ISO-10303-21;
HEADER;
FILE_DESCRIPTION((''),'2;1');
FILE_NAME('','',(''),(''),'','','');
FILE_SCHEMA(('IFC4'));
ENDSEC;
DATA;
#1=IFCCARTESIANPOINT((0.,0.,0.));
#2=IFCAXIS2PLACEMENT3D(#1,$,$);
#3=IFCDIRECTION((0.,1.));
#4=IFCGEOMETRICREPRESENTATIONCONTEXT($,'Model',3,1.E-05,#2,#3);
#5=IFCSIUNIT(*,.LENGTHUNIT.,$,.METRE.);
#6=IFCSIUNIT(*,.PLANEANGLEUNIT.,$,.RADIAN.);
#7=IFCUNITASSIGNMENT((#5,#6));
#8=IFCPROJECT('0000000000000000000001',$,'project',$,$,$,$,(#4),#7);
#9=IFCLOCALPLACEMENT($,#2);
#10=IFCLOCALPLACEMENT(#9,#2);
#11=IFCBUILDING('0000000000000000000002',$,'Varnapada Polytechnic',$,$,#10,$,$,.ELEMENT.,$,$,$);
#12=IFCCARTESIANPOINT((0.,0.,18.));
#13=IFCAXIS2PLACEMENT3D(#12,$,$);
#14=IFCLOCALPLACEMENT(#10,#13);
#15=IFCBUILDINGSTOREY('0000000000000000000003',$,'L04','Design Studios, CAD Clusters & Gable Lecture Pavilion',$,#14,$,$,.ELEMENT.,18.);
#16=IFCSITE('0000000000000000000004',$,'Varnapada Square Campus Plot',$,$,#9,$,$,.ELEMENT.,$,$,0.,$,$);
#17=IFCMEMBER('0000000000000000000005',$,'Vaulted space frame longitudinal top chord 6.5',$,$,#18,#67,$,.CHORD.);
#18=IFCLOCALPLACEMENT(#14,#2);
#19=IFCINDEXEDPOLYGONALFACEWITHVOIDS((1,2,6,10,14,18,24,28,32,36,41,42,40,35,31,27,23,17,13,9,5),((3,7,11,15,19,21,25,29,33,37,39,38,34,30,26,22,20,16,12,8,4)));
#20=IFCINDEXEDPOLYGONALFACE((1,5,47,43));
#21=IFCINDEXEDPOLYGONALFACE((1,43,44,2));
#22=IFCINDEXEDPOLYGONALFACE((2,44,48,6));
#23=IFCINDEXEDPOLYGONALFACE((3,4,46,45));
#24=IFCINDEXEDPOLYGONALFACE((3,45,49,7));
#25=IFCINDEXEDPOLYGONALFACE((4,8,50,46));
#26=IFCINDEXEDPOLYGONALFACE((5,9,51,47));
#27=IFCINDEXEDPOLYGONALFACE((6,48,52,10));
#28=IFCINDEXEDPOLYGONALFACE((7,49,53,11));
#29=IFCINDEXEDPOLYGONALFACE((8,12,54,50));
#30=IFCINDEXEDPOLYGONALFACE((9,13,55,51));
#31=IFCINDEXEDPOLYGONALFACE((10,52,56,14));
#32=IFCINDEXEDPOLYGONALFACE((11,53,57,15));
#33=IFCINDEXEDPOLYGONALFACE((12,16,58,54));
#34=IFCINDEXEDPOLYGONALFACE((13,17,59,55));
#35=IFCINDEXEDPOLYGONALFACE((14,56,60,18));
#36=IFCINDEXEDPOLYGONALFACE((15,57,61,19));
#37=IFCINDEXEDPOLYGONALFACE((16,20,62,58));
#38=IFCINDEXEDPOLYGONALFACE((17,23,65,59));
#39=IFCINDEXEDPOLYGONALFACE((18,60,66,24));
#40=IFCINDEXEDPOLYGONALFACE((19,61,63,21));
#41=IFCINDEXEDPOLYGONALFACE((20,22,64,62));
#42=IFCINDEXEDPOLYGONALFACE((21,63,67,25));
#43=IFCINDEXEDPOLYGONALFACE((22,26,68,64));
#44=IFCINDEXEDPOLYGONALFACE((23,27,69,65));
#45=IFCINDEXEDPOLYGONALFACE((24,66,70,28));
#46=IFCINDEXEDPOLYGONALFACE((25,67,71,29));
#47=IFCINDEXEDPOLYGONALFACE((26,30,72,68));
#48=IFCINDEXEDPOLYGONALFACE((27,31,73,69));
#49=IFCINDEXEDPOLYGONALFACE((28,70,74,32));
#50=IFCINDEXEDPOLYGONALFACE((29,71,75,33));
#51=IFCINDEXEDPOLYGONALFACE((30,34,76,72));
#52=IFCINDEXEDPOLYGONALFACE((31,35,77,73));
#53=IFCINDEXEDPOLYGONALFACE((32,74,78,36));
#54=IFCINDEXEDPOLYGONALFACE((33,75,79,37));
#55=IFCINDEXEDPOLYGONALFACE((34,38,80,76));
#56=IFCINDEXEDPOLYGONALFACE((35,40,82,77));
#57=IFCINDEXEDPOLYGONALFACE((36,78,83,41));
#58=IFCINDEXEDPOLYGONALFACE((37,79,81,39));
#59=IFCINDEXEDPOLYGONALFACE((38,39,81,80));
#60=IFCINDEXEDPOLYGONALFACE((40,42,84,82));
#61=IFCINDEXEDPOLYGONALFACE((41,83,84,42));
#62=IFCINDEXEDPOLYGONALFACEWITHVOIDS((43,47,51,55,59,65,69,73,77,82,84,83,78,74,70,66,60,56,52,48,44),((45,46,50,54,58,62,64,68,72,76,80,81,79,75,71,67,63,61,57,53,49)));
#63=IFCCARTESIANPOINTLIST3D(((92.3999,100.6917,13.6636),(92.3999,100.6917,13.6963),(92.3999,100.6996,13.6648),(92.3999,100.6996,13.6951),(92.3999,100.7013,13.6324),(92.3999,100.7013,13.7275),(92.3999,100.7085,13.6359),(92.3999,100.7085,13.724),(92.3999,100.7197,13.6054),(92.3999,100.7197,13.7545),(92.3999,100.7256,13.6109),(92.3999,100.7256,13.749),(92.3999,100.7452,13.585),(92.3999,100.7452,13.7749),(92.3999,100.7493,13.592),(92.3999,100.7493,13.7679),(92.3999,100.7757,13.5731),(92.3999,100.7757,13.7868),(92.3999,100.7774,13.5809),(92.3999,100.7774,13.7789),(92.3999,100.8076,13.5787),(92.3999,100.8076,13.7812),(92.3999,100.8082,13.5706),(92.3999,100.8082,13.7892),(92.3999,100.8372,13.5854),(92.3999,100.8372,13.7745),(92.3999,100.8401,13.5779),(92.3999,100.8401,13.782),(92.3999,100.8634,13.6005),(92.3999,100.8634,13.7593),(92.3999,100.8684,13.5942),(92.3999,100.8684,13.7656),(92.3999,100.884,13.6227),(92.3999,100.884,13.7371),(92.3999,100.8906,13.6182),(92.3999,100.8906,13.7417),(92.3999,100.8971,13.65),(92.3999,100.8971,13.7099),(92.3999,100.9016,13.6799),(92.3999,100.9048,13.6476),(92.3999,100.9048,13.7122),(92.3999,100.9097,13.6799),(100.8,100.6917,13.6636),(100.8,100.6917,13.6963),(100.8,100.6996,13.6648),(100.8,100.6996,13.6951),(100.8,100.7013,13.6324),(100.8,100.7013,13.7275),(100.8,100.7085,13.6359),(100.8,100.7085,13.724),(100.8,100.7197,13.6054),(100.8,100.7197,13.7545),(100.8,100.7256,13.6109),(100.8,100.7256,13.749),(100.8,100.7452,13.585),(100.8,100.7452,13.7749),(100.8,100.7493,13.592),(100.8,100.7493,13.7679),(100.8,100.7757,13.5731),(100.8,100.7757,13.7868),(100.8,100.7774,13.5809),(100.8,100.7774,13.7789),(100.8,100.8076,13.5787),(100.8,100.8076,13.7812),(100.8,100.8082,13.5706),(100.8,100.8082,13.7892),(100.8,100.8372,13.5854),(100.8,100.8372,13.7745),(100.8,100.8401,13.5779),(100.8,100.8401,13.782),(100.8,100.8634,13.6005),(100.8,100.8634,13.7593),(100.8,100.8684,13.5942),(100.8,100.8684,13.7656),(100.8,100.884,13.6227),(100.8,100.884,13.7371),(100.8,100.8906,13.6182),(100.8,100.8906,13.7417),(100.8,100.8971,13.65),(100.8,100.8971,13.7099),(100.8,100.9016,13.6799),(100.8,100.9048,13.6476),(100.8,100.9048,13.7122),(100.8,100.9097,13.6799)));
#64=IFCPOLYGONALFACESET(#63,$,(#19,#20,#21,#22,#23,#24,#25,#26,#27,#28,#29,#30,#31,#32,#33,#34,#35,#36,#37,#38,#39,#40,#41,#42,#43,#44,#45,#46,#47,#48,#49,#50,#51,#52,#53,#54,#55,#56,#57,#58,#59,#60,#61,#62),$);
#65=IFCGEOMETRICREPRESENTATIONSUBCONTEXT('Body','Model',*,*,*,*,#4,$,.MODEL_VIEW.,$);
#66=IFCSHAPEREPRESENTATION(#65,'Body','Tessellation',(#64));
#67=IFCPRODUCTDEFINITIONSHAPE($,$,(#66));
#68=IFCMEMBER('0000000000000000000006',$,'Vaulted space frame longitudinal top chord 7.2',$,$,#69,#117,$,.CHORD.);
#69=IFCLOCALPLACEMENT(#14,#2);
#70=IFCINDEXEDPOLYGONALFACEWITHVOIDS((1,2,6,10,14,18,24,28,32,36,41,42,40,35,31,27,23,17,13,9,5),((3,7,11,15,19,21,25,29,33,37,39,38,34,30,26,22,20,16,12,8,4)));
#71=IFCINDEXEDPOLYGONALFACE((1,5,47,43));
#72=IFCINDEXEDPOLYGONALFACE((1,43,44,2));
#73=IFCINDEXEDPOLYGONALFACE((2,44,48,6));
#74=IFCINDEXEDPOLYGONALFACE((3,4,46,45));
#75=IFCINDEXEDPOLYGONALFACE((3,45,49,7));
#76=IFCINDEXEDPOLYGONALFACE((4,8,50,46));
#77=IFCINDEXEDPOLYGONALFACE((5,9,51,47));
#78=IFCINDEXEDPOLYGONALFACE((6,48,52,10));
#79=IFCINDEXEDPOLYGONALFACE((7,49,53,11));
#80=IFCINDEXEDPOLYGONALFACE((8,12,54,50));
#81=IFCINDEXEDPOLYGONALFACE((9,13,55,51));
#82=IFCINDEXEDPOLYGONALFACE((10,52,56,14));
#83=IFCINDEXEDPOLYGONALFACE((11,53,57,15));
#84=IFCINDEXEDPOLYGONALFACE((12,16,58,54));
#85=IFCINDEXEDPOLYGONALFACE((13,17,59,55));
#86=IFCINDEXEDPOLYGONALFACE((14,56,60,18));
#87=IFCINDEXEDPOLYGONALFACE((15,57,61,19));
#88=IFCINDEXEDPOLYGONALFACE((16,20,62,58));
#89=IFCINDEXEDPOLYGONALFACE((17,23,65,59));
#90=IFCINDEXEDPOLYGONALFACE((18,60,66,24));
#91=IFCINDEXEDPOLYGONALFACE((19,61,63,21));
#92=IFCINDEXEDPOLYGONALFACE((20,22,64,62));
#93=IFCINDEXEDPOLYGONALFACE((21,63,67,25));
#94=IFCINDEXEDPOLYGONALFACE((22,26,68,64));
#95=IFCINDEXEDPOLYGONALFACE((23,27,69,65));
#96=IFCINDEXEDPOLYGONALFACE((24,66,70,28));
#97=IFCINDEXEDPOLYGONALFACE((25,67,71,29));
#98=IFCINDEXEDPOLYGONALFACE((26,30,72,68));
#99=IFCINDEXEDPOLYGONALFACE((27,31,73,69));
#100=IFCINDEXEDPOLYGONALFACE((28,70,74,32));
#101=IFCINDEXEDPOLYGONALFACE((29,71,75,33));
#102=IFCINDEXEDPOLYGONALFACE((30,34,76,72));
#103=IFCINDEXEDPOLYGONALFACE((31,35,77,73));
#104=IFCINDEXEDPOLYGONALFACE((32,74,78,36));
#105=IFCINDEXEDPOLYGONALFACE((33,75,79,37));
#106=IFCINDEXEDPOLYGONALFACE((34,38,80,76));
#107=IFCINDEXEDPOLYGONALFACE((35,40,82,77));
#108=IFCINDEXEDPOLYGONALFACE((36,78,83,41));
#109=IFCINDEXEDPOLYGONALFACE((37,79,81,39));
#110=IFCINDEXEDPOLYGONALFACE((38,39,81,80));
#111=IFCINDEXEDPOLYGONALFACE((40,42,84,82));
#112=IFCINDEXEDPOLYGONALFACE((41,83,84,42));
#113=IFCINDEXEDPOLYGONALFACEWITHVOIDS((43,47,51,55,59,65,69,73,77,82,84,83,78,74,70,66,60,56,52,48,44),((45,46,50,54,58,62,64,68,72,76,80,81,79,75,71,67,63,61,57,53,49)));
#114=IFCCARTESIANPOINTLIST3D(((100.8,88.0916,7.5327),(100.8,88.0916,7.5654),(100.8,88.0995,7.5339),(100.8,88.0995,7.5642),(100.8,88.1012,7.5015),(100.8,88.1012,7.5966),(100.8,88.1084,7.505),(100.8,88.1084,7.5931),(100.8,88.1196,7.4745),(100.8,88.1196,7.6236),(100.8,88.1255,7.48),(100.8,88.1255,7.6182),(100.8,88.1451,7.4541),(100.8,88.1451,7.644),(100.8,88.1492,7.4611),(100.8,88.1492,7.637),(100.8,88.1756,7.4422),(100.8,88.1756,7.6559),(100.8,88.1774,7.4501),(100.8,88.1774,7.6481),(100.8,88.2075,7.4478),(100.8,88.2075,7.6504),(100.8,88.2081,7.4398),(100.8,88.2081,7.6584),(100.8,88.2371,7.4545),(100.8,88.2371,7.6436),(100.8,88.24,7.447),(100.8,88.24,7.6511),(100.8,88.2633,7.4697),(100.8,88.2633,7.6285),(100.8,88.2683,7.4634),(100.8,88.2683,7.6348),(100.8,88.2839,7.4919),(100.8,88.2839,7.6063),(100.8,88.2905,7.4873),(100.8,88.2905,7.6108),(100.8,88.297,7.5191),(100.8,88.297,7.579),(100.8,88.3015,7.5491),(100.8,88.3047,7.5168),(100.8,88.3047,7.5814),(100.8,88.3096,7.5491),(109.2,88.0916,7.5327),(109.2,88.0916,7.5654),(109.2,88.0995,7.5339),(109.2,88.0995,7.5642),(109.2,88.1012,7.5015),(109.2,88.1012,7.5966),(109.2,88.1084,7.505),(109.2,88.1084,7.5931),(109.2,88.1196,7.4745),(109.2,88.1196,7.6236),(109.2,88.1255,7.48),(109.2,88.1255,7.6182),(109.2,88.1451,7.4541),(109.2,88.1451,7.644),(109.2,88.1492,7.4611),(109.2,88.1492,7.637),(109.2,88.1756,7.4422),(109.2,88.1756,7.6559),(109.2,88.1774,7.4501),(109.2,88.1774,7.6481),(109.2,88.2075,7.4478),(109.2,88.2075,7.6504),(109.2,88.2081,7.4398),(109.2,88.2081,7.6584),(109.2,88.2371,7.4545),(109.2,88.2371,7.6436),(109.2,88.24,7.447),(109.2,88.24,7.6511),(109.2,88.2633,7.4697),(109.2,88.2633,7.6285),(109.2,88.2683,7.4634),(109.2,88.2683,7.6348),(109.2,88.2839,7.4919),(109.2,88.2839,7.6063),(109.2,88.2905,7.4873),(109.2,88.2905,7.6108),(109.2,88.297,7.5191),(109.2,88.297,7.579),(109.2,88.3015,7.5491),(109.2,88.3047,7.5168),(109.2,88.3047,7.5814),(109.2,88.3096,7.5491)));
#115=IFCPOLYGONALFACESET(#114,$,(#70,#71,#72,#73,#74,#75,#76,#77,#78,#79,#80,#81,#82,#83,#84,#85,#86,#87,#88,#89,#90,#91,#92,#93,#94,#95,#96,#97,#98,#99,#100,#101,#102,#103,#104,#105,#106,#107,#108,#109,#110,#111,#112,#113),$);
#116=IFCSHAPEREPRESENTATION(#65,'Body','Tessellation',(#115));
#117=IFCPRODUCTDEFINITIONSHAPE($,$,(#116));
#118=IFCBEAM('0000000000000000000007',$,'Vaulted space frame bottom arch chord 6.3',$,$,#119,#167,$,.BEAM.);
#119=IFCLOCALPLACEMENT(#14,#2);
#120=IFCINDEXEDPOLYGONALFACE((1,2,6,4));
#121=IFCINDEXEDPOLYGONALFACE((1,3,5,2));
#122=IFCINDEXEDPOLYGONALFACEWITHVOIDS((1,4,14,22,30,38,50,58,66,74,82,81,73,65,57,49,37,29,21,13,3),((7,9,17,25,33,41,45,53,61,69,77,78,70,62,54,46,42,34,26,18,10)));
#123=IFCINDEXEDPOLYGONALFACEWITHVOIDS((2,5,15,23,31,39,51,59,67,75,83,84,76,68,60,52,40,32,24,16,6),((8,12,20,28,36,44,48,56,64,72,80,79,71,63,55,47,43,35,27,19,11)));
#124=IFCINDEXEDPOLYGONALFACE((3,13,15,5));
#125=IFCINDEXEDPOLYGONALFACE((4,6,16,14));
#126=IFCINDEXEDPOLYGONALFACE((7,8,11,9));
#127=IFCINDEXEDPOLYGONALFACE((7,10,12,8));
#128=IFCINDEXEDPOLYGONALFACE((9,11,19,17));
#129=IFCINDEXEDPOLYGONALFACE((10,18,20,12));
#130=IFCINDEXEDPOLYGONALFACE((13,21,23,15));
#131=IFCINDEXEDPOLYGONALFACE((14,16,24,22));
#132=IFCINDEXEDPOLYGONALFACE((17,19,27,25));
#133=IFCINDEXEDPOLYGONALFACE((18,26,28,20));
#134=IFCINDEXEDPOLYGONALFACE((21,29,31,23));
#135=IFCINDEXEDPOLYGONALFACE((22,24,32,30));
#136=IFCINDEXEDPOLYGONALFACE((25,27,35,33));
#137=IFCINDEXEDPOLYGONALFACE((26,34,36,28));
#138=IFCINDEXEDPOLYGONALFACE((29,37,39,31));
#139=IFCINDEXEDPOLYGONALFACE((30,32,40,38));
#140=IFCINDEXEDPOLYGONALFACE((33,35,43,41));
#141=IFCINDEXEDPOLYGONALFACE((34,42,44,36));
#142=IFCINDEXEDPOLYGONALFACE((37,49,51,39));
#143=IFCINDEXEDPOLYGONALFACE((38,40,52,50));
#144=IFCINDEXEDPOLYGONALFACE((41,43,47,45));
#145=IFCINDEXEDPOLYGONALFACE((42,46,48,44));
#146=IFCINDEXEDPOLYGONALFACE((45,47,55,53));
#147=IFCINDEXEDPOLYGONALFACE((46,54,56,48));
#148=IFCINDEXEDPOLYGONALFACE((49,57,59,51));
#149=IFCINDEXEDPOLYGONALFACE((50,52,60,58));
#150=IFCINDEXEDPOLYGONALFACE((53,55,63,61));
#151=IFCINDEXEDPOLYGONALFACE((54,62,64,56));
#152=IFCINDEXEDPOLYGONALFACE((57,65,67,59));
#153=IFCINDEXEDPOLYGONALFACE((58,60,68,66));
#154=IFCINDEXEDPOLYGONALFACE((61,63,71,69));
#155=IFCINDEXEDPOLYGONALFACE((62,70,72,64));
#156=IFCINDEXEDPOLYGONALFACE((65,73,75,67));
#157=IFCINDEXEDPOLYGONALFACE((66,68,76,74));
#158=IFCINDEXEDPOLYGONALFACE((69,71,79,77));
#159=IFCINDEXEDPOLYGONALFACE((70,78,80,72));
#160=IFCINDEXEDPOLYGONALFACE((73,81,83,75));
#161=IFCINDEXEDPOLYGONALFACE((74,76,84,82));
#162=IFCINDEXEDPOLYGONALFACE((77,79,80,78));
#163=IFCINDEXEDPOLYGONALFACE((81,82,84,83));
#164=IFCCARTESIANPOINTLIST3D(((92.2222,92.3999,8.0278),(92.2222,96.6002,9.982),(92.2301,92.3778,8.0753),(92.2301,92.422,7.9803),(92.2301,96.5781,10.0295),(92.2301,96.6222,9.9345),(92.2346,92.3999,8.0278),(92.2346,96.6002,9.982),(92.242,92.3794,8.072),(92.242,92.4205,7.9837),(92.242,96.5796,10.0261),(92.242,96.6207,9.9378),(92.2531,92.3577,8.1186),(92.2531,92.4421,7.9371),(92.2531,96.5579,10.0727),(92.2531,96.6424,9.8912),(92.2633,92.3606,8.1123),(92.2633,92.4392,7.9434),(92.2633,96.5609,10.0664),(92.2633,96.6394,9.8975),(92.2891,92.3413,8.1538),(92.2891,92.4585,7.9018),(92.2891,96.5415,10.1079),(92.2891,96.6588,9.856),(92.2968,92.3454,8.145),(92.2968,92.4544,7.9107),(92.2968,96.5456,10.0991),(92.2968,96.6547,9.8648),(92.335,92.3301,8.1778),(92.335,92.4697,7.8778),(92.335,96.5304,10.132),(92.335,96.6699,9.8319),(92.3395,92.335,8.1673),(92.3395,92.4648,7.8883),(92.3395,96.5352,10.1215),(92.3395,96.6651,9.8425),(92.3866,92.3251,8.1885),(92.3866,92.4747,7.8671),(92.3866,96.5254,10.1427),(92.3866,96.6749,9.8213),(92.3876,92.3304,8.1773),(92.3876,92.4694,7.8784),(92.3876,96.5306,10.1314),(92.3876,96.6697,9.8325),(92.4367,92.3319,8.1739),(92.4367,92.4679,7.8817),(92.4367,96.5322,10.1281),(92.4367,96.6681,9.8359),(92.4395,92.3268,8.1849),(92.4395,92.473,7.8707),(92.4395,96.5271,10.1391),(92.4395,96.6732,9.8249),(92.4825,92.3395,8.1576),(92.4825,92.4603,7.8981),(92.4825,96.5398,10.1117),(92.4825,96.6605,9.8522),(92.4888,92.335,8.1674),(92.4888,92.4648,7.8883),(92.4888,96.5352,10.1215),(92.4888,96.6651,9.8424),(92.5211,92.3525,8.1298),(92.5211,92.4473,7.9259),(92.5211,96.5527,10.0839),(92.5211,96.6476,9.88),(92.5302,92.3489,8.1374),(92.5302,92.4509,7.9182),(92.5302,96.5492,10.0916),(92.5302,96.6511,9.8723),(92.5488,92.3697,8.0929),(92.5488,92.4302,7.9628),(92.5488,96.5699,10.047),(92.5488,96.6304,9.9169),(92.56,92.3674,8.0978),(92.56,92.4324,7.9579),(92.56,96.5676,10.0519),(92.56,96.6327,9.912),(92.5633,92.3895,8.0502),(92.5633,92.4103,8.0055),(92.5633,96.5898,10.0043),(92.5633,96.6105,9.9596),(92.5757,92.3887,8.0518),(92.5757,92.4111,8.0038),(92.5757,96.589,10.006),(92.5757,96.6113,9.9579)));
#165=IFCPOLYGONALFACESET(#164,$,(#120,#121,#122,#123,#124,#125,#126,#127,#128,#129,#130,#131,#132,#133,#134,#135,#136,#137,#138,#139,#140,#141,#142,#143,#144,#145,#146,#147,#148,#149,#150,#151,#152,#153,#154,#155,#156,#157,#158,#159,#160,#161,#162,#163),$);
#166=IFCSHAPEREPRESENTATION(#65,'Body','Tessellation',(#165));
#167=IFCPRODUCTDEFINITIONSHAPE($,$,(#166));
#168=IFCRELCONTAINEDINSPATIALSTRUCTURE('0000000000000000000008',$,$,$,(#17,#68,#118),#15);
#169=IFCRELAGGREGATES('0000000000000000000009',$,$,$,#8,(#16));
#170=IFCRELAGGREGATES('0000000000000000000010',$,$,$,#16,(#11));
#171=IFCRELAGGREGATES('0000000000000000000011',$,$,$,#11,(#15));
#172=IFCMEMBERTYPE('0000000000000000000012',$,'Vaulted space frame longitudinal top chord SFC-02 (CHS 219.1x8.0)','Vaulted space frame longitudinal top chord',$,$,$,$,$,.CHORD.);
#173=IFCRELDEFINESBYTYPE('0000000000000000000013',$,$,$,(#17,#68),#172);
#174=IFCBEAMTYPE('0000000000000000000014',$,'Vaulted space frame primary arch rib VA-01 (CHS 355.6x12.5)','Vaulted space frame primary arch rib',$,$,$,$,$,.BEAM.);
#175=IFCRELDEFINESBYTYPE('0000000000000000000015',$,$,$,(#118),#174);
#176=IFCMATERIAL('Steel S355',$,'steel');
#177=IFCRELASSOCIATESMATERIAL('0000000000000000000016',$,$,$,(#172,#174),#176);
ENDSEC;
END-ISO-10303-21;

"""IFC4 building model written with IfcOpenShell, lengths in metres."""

from ifc_helpers import new_model, si_unit, direction, frame, origin, origin_2d, place, context, subcontext, project, spatial, hollow_circle, extrude, material, material_profile, profile_set, type_object, element, save


model = new_model("IFC4")

# Units and contexts
model_context = context("Model", 3, precision=1e-05, world=origin(), true_north=direction((0.0, 1.0)))
body_context = subcontext(model_context, "Body", "Model", "MODEL_VIEW")
ifc_project = project(units=[si_unit("LENGTHUNIT", "METRE"), si_unit("PLANEANGLEUNIT", "RADIAN")], contexts=[model_context])

# Site, building, storey
site_placement = place(None, origin())
site = spatial("IfcSite", under=ifc_project, at=site_placement, Name="Varnapada Square Campus Plot", CompositionType="ELEMENT", RefElevation=0.0)
building_placement = place(site_placement, origin())
building = spatial("IfcBuilding", under=site, at=building_placement, Name="Varnapada Polytechnic", CompositionType="ELEMENT")
storey_placement = place(building_placement, frame((0.0, 0.0, 18.0)))
storey = spatial("IfcBuildingStorey", under=building, at=storey_placement, Name="L04", Description="Design Studios, CAD Clusters & Gable Lecture Pavilion", CompositionType="ELEMENT", Elevation=18.0)

# Members
ifc_material = material(Name="Steel S355", Category="steel")
ifc_material_profile_1 = material_profile(ifc_material, hollow_circle(Radius=0.1096, WallThickness=0.0081, at=origin_2d()), Name="CHS 219.1x8.0")
ifc_profile_set_1 = profile_set([ifc_material_profile_1], Name="Steel S355")
member_type_1 = type_object("IfcMemberType", Name="Vaulted space frame longitudinal top chord SFC-02 (CHS 219.1x8.0)", Description="Vaulted space frame longitudinal top chord", PredefinedType="CHORD", material=ifc_profile_set_1)
for number, where, z_axis, x_axis, name in (
    (1, (92.3999, 100.8, 13.6799), (1.0, 0.0, 0.0), (0.0, 1.0, 0.0), "Vaulted space frame longitudinal top chord 6.5"),
):
    element("IfcMember", number, at=place(storey_placement, frame(where, z_axis=z_axis, x_axis=x_axis)), inside=storey, type_object=member_type_1, Name=name, PredefinedType="CHORD", context=body_context, shape_type="SweptSolid", body=[
        extrude(hollow_circle(Radius=0.1096, WallThickness=0.0081, at=origin_2d()), origin(), (0.0, 0.0, 1.0), 8.4001),
    ])
member_1_placement = place(storey_placement, frame((100.8, 88.2, 7.5491), z_axis=(1.0, 0.0, 0.0), x_axis=(0.0, 1.0, 0.0)))
element("IfcMember", 2, at=member_1_placement, inside=storey, type_object=member_type_1, Name="Vaulted space frame longitudinal top chord 7.2", PredefinedType="CHORD", context=body_context, shape_type="SweptSolid", body=[
    extrude(hollow_circle(Radius=0.1096, WallThickness=0.0081, at=origin_2d()), origin(), (0.0, 0.0, 1.0), 8.3999),
])

# Beam
ifc_material_profile_2 = material_profile(ifc_material, hollow_circle(Radius=0.1777, WallThickness=0.0125, at=origin_2d()), Name="CHS 355.6x12.5")
ifc_profile_set_2 = profile_set([ifc_material_profile_2], Name="Steel S355")
beam_type_1 = type_object("IfcBeamType", Name="Vaulted space frame primary arch rib VA-01 (CHS 355.6x12.5)", Description="Vaulted space frame primary arch rib", PredefinedType="BEAM", material=ifc_profile_set_2)
beam_1_placement = place(storey_placement, frame((92.3999, 92.3999, 8.0278), z_axis=(0.0, 0.906678, 0.421823), x_axis=(-1.0, 0.0, 0.0)))
element("IfcBeam", 3, at=beam_1_placement, inside=storey, type_object=beam_type_1, Name="Vaulted space frame bottom arch chord 6.3", PredefinedType="BEAM", context=body_context, shape_type="SweptSolid", body=[
    extrude(hollow_circle(Radius=0.1777, WallThickness=0.0125, at=origin_2d()), origin(), (0.0, 0.0, 1.0), 4.6326),
])

save(model, "model.ifc")
